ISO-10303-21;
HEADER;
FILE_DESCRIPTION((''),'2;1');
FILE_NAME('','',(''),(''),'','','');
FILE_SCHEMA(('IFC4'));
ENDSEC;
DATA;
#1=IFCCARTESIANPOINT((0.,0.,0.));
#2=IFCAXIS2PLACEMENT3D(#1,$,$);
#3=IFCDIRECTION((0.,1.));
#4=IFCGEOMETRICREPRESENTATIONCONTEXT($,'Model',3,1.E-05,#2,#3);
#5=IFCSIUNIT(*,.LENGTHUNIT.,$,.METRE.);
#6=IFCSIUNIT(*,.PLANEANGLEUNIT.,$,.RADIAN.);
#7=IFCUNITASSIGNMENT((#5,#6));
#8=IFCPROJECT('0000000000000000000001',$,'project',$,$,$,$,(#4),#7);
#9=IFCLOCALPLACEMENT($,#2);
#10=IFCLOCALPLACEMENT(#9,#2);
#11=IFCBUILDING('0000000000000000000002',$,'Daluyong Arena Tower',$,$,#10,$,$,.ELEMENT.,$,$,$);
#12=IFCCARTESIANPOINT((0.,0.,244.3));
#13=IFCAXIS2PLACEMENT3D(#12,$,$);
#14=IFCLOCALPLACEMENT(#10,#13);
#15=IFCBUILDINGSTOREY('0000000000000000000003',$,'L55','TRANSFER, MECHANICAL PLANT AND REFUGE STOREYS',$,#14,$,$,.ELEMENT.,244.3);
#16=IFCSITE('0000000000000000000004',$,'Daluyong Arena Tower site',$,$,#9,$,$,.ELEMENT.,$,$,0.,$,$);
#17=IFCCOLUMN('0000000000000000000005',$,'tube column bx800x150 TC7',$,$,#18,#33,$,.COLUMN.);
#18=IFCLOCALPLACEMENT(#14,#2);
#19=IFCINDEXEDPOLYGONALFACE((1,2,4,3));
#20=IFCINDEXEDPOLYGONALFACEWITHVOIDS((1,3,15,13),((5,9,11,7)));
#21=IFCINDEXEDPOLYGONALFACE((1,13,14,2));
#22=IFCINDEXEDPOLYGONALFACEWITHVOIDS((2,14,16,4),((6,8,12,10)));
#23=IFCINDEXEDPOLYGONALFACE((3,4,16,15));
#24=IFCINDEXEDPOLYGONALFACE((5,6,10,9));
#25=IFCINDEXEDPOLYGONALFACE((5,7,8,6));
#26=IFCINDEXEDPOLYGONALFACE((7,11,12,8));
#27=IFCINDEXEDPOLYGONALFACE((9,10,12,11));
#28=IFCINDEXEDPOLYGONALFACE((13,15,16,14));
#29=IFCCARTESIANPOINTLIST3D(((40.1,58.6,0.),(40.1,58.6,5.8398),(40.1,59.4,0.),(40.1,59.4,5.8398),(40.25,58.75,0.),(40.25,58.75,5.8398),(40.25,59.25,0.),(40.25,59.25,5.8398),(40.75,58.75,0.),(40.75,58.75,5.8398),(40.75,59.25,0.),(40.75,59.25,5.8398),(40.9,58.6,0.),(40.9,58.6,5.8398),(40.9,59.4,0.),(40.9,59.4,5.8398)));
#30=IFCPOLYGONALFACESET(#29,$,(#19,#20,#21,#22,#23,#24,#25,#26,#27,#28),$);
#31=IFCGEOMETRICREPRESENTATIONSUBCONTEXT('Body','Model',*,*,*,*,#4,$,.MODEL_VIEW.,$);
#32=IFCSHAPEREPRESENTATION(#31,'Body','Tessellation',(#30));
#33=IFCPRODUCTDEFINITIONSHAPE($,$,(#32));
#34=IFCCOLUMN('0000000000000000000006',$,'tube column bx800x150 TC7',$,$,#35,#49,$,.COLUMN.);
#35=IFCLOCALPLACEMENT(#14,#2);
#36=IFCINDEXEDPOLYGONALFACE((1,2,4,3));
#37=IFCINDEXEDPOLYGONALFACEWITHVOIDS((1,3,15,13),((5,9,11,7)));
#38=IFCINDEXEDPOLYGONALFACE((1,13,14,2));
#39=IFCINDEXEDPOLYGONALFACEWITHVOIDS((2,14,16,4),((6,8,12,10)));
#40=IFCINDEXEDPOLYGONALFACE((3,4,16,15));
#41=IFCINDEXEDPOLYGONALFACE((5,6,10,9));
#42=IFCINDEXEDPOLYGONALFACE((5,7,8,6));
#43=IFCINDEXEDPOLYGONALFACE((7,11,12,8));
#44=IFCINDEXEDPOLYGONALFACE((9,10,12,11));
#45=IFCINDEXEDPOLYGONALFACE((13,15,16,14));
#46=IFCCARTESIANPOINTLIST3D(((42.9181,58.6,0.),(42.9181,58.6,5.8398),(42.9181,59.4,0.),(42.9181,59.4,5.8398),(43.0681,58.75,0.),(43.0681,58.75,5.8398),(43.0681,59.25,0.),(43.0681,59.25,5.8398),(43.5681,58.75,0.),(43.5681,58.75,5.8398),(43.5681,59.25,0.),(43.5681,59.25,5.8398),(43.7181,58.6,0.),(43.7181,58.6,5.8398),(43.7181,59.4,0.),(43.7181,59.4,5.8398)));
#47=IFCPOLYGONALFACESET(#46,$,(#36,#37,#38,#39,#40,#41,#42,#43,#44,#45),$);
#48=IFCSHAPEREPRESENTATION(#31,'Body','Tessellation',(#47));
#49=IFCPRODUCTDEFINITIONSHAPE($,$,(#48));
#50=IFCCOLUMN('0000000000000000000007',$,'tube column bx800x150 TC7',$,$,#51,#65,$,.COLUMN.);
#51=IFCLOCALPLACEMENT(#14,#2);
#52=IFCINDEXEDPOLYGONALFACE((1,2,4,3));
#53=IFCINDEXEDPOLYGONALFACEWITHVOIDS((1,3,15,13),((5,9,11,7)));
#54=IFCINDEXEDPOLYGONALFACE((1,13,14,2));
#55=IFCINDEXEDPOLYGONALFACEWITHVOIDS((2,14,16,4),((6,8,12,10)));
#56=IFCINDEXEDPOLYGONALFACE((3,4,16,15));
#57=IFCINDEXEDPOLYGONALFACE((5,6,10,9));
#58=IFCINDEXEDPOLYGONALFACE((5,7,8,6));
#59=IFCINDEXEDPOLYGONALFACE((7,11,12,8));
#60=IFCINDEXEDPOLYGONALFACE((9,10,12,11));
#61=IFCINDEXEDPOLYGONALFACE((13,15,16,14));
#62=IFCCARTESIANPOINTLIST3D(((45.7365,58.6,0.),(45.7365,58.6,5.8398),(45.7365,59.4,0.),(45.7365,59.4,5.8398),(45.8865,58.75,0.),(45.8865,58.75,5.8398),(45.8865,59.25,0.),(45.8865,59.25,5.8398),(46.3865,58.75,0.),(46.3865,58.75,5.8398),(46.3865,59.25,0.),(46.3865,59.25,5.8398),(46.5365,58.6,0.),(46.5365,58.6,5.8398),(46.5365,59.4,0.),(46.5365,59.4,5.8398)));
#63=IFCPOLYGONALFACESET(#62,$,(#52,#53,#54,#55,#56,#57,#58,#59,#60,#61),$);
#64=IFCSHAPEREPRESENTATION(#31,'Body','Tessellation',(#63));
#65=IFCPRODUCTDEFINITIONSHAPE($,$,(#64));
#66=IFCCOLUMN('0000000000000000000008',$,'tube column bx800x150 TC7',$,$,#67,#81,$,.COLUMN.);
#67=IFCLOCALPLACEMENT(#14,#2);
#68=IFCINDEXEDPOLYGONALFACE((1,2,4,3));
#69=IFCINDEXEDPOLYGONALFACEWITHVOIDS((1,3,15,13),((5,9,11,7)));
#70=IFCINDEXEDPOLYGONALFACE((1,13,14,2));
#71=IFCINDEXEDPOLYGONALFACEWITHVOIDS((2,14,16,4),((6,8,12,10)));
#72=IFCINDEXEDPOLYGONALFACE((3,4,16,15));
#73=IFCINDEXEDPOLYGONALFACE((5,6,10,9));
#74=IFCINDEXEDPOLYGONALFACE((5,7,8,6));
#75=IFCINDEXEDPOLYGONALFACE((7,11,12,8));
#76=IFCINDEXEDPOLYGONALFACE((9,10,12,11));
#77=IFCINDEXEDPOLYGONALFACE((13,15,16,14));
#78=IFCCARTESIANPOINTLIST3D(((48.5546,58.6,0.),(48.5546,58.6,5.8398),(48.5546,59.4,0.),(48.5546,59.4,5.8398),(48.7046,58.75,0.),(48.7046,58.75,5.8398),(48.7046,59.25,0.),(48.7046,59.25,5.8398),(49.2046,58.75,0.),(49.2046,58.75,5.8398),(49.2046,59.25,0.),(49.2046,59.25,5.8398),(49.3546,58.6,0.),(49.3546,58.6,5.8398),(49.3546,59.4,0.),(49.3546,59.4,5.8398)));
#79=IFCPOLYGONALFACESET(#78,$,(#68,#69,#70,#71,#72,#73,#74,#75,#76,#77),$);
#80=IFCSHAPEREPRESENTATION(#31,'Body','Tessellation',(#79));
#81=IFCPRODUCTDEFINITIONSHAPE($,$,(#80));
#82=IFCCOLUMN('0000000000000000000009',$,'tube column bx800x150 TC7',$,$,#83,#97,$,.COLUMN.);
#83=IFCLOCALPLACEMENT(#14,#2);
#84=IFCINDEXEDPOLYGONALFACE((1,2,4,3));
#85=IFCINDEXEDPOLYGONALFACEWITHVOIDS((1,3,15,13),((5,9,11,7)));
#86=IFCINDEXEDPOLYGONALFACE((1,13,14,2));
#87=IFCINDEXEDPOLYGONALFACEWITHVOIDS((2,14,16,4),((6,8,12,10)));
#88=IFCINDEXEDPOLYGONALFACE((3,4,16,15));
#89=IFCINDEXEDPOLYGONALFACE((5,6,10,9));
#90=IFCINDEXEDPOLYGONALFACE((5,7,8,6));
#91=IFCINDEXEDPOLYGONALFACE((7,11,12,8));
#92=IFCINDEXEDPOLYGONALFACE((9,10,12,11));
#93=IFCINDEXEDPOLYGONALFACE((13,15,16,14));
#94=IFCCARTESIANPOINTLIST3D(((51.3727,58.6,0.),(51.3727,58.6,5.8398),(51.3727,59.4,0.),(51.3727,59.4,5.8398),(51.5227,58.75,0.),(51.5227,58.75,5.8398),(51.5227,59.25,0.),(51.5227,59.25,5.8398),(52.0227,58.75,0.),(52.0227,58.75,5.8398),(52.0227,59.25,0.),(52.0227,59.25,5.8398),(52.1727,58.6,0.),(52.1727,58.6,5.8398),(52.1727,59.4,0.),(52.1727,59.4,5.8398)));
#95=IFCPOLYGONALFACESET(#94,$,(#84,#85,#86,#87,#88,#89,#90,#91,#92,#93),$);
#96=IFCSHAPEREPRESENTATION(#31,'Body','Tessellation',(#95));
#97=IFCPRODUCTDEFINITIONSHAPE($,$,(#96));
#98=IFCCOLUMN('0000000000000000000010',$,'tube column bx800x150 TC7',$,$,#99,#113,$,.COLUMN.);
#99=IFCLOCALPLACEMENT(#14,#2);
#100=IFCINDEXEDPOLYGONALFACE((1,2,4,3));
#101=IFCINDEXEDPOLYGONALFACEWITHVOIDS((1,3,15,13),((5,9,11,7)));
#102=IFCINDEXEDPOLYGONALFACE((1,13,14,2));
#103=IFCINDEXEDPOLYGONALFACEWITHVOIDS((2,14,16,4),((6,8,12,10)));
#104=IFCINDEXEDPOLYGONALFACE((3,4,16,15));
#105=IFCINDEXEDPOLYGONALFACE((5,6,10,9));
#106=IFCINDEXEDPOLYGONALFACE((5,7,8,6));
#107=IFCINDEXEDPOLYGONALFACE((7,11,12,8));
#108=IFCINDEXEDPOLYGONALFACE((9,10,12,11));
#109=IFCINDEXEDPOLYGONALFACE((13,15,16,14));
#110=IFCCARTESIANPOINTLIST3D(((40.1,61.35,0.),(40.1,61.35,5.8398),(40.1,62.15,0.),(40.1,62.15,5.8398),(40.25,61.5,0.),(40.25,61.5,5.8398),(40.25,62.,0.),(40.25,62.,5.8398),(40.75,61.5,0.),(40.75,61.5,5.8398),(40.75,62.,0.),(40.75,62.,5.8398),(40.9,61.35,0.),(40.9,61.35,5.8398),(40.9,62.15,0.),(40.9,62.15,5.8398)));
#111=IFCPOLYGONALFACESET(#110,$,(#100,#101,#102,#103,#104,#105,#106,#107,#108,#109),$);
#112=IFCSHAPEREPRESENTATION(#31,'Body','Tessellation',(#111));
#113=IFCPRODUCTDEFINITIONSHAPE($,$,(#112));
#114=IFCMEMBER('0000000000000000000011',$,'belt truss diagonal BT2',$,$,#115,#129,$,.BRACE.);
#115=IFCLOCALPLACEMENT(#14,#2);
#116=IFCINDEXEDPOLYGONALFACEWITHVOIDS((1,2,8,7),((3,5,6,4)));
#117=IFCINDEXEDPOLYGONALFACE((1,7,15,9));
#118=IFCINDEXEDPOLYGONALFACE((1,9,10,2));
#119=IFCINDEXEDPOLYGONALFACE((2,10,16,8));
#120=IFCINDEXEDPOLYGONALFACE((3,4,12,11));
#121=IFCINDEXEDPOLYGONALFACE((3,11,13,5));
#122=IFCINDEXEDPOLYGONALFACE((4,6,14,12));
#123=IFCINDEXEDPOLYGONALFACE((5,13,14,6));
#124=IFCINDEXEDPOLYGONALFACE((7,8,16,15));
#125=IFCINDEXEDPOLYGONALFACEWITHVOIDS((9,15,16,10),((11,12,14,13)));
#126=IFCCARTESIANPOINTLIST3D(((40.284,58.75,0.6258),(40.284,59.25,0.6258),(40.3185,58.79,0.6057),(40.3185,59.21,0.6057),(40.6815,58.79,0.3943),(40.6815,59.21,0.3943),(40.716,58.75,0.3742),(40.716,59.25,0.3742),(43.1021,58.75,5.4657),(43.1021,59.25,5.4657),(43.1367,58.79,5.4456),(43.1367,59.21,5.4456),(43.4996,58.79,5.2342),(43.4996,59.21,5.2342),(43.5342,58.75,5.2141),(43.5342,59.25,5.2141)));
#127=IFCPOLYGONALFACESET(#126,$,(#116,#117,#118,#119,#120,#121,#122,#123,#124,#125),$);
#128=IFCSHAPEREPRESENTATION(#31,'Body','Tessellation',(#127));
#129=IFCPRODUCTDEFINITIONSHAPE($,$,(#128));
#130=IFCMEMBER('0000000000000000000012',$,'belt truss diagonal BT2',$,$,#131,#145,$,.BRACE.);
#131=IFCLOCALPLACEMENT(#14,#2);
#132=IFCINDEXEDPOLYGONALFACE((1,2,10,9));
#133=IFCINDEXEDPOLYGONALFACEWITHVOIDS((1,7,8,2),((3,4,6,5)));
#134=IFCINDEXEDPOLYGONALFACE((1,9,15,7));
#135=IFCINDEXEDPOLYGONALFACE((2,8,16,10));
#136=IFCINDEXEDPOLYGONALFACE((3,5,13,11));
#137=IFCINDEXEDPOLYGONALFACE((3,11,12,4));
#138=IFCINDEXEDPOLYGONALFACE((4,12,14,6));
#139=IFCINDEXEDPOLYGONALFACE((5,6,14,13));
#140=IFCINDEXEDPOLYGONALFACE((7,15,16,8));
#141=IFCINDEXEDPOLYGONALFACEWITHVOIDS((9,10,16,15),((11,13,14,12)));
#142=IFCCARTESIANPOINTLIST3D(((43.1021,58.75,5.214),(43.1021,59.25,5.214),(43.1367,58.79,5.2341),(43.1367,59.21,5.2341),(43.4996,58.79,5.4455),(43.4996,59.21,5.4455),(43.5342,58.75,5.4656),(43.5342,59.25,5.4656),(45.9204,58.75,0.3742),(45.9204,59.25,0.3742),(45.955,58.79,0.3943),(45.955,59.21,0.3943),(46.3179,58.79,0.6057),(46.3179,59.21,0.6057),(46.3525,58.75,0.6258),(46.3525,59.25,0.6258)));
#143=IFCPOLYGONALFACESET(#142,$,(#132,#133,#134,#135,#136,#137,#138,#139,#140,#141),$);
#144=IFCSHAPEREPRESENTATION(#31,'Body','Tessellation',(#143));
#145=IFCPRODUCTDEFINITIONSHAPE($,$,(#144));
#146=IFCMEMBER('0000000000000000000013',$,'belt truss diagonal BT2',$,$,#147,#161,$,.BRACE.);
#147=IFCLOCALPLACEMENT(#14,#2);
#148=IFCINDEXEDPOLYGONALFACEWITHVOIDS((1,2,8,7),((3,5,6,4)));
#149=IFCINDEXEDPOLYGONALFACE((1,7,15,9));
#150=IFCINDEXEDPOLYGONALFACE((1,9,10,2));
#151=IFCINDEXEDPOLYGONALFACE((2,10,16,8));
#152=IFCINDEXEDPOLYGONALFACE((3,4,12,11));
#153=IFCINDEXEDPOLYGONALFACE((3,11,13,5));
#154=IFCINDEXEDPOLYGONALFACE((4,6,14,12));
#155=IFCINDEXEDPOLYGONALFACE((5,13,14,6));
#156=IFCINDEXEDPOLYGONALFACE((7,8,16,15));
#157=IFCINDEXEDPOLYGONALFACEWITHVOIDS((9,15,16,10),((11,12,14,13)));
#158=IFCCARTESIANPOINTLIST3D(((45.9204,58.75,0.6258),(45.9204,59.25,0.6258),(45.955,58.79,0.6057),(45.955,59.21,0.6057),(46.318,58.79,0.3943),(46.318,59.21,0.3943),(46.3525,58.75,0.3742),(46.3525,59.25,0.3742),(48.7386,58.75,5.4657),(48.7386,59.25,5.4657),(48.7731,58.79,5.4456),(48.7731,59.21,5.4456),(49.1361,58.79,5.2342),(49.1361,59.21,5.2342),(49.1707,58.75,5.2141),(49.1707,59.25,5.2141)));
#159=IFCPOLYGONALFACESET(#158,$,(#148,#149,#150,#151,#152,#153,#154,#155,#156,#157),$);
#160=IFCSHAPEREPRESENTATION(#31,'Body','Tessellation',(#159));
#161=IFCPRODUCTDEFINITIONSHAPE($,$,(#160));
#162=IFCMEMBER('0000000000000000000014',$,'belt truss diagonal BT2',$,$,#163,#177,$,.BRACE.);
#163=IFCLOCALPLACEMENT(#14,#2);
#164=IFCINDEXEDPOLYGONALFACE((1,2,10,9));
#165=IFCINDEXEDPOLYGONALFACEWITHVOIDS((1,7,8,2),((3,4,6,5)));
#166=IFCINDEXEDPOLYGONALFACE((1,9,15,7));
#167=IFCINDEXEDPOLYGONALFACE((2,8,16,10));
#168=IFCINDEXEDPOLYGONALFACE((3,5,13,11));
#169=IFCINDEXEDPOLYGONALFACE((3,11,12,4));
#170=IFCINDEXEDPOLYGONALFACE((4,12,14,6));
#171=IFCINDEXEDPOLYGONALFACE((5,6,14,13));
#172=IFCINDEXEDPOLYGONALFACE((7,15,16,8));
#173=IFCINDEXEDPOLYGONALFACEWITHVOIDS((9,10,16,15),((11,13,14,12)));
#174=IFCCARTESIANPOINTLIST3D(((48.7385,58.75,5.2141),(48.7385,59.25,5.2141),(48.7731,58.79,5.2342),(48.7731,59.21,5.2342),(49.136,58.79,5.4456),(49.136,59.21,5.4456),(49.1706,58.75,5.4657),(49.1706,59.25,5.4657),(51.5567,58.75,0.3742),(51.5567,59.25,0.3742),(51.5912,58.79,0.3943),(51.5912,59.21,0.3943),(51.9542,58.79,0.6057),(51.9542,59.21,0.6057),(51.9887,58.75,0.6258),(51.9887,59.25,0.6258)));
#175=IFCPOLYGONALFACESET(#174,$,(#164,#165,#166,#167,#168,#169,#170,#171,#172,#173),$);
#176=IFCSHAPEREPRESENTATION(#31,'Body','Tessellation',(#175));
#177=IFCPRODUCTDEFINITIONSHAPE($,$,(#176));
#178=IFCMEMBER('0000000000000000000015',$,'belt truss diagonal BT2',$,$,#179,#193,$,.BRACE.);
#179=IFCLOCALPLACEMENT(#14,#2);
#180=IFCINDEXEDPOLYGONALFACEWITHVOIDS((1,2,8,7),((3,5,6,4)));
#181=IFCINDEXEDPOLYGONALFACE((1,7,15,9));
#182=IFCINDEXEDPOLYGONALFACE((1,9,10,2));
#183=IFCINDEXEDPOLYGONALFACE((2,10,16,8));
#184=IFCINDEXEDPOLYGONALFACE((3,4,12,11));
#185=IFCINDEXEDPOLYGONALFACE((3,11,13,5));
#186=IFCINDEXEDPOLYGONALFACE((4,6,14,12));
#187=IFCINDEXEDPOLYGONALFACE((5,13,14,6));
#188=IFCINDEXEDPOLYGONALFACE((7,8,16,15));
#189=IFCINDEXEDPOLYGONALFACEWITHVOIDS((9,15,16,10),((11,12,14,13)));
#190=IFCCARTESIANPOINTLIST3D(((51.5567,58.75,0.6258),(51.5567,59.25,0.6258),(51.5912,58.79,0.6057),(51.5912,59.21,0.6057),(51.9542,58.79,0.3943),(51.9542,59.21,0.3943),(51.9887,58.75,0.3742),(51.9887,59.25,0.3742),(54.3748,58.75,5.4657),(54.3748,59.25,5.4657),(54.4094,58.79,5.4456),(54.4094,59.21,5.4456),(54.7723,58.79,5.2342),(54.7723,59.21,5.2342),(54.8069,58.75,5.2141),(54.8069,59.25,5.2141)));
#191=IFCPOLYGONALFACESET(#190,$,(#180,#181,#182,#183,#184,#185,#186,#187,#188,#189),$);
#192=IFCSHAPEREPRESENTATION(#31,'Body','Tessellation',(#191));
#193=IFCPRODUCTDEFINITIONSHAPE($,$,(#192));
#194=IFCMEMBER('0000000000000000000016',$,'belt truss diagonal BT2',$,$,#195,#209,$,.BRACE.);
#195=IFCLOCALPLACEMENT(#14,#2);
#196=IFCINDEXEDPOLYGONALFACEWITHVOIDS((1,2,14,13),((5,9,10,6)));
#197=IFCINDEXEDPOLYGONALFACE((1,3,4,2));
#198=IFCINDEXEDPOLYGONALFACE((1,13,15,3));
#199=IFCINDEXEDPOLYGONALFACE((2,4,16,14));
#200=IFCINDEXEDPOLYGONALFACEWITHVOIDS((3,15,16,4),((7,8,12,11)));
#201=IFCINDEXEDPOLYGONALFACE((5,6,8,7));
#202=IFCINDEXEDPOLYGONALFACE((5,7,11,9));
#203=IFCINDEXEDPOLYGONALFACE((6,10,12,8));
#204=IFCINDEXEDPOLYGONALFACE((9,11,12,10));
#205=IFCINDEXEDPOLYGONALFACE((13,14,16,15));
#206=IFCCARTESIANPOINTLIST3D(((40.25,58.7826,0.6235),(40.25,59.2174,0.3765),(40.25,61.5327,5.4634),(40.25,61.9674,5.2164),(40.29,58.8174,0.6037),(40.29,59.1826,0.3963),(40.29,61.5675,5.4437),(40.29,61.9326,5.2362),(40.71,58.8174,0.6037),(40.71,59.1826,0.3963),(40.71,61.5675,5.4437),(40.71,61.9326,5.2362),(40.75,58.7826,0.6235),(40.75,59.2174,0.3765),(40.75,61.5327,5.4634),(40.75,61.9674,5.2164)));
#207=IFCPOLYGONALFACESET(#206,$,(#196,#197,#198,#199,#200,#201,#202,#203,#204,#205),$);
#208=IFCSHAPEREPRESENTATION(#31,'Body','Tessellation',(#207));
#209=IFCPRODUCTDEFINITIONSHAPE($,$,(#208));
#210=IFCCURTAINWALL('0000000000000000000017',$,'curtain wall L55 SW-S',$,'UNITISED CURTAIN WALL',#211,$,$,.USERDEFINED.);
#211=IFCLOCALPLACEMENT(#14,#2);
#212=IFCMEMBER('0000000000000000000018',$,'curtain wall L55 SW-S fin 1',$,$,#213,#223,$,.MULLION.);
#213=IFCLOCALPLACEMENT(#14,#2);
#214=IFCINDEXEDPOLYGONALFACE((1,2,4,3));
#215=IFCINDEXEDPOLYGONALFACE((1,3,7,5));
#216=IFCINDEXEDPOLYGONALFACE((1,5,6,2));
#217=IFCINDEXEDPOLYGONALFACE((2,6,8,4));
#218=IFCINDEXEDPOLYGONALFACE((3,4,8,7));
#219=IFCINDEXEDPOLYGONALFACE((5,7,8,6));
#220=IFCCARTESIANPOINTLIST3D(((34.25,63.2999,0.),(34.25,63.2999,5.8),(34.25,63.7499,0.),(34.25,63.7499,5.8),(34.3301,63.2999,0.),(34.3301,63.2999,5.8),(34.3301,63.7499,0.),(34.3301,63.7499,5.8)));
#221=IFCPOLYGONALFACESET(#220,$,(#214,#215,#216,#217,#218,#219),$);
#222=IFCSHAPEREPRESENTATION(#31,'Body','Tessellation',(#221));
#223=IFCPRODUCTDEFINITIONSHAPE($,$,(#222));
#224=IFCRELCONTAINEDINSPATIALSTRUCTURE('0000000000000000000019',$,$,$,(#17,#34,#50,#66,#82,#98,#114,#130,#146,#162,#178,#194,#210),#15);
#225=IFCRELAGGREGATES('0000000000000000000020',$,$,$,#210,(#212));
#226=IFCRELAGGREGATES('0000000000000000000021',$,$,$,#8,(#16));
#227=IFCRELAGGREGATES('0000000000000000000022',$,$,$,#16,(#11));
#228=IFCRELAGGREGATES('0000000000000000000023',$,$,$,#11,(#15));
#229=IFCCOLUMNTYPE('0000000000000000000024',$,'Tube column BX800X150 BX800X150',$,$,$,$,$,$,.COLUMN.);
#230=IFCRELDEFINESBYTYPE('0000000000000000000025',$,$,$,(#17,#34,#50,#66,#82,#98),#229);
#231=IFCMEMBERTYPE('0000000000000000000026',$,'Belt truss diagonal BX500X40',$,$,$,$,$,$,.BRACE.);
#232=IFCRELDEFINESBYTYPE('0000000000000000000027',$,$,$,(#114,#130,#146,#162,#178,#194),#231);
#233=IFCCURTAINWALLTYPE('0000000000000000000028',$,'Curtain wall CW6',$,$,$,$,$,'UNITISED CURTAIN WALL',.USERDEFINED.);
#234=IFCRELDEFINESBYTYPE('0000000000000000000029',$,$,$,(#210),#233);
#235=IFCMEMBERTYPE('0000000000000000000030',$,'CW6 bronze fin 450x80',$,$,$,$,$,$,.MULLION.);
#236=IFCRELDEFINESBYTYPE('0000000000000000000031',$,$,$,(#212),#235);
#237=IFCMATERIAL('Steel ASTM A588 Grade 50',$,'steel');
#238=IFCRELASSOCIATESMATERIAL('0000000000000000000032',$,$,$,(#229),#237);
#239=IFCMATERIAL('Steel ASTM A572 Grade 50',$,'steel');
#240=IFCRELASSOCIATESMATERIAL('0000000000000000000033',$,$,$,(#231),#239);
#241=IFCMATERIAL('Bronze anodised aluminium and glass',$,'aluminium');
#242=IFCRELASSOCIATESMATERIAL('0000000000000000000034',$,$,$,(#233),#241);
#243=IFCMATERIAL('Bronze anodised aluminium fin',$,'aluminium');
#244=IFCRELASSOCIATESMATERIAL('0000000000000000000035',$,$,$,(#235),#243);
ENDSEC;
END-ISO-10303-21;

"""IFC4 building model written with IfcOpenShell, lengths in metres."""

from ifc_helpers import new_model, si_unit, direction, frame, origin, origin_2d, place, context, subcontext, project, spatial, rectangle, hollow_rectangle, extrude, material, material_profile, profile_set, type_object, element, aggregate, save


model = new_model("IFC4")

# Units and contexts
model_context = context("Model", 3, precision=1e-05, world=origin(), true_north=direction((0.0, 1.0)))
body_context = subcontext(model_context, "Body", "Model", "MODEL_VIEW")
ifc_project = project(units=[si_unit("LENGTHUNIT", "METRE"), si_unit("PLANEANGLEUNIT", "RADIAN")], contexts=[model_context])

# Site, building, storey
site_placement = place(None, origin())
site = spatial("IfcSite", under=ifc_project, at=site_placement, Name="Daluyong Arena Tower site", CompositionType="ELEMENT", RefElevation=0.0)
building_placement = place(site_placement, origin())
building = spatial("IfcBuilding", under=site, at=building_placement, Name="Daluyong Arena Tower", CompositionType="ELEMENT")
storey_placement = place(building_placement, frame((0.0, 0.0, 244.3)))
storey = spatial("IfcBuildingStorey", under=building, at=storey_placement, Name="L55", Description="TRANSFER, MECHANICAL PLANT AND REFUGE STOREYS", CompositionType="ELEMENT", Elevation=244.3)

# Columns
ifc_material_1 = material(Name="Steel ASTM A588 Grade 50", Category="steel")
ifc_material_profile_1 = material_profile(ifc_material_1, hollow_rectangle(XDim=0.8, YDim=0.8, WallThickness=0.15, at=origin_2d()))
ifc_profile_set_1 = profile_set([ifc_material_profile_1], Name="Steel ASTM A588 Grade 50")
column_type = type_object("IfcColumnType", Name="Tube column BX800X150 BX800X150", PredefinedType="COLUMN", material=ifc_profile_set_1)
for number, where, z_axis, x_axis, name in (
    (1, (40.5, 59.0, 0.0), (0.0, 0.0, 1.0), (1.0, 0.0, 0.0), "tube column bx800x150 TC7"),
    (2, (43.3181, 59.0, 0.0), (0.0, 0.0, 1.0), (1.0, 0.0, 0.0), "tube column bx800x150 TC7"),
    (3, (46.1365, 59.0, 0.0), (0.0, 0.0, 1.0), (1.0, 0.0, 0.0), "tube column bx800x150 TC7"),
    (4, (48.9546, 59.0, 0.0), (0.0, 0.0, 1.0), (1.0, 0.0, 0.0), "tube column bx800x150 TC7"),
    (5, (51.7727, 59.0, 0.0), (0.0, 0.0, 1.0), (1.0, 0.0, 0.0), "tube column bx800x150 TC7"),
    (6, (40.5, 61.75, 0.0), (0.0, 0.0, 1.0), (0.0, 1.0, 0.0), "tube column bx800x150 TC7"),
):
    element("IfcColumn", number, at=place(storey_placement, frame(where, z_axis=z_axis, x_axis=x_axis)), inside=storey, type_object=column_type, Name=name, PredefinedType="COLUMN", context=body_context, shape_type="SweptSolid", body=[
        extrude(hollow_rectangle(XDim=0.8, YDim=0.8, WallThickness=0.15, at=origin_2d()), origin(), (0.0, 0.0, 1.0), 5.8398),
    ])

# Members
ifc_material_2 = material(Name="Steel ASTM A572 Grade 50", Category="steel")
ifc_material_profile_2 = material_profile(ifc_material_2, hollow_rectangle(XDim=0.5, YDim=0.5, WallThickness=0.04, at=origin_2d()))
ifc_profile_set_2 = profile_set([ifc_material_profile_2], Name="Steel ASTM A572 Grade 50")
member_type_1 = type_object("IfcMemberType", Name="Belt truss diagonal BX500X40", PredefinedType="BRACE", material=ifc_profile_set_2)
for number, where, z_axis, x_axis, name in (
    (7, (40.5, 59.0, 0.5), (0.503188, 0.0, 0.864177), (0.0, 1.0, 0.0), "belt truss diagonal BT2"),
    (8, (46.1365, 59.0, 0.5), (-0.50322, 0.0, 0.864158), (0.0, -1.0, 0.0), "belt truss diagonal BT2"),
    (9, (46.1365, 59.0, 0.5), (0.503188, 0.0, 0.864177), (0.0, 1.0, 0.0), "belt truss diagonal BT2"),
    (10, (51.7727, 59.0, 0.5), (-0.503188, 0.0, 0.864177), (0.0, -1.0, 0.0), "belt truss diagonal BT2"),
    (11, (51.7727, 59.0, 0.5), (0.503188, 0.0, 0.864177), (0.0, 1.0, 0.0), "belt truss diagonal BT2"),
):
    element("IfcMember", number, at=place(storey_placement, frame(where, z_axis=z_axis, x_axis=x_axis)), inside=storey, type_object=member_type_1, Name=name, PredefinedType="BRACE", context=body_context, shape_type="SweptSolid", body=[
        extrude(hollow_rectangle(XDim=0.5, YDim=0.5, WallThickness=0.04, at=origin_2d()), origin(), (0.0, 0.0, 1.0), 5.6006),
    ])
member_1_placement = place(storey_placement, frame((40.5, 59.0, 0.5), z_axis=(0.0, 0.494021, 0.86945), x_axis=(-1.0, 0.0, 0.0)))
element("IfcMember", 12, at=member_1_placement, inside=storey, type_object=member_type_1, Name="belt truss diagonal BT2", PredefinedType="BRACE", context=body_context, shape_type="SweptSolid", body=[
    extrude(hollow_rectangle(XDim=0.5, YDim=0.5, WallThickness=0.04, at=origin_2d()), origin(), (0.0, 0.0, 1.0), 5.5667),
])

# Curtain wall, member
ifc_material_3 = material(Name="Bronze anodised aluminium and glass", Category="aluminium")
curtain_wall_type = type_object("IfcCurtainWallType", Name="Curtain wall CW6", ElementType="UNITISED CURTAIN WALL", PredefinedType="USERDEFINED", material=ifc_material_3)
curtain_wall_1_placement = place(storey_placement, origin())
curtain_wall_1 = element("IfcCurtainWall", 13, at=curtain_wall_1_placement, inside=storey, type_object=curtain_wall_type, Name="curtain wall L55 SW-S", ObjectType="UNITISED CURTAIN WALL", PredefinedType="USERDEFINED")
ifc_material_4 = material(Name="Bronze anodised aluminium fin", Category="aluminium")
ifc_material_profile_3 = material_profile(ifc_material_4, rectangle(XDim=0.45, YDim=0.0801, at=origin_2d()))
ifc_profile_set_3 = profile_set([ifc_material_profile_3], Name="Bronze anodised aluminium fin")
member_type_2 = type_object("IfcMemberType", Name="CW6 bronze fin 450x80", PredefinedType="MULLION", material=ifc_profile_set_3)
member_2_placement = place(storey_placement, frame((34.29, 63.5249, 0.0), z_axis=(0.0, 0.0, 1.0), x_axis=(0.0, 1.0, 0.0)))
member_2 = element("IfcMember", 14, at=member_2_placement, type_object=member_type_2, Name="curtain wall L55 SW-S fin 1", PredefinedType="MULLION", context=body_context, shape_type="SweptSolid", body=[
    extrude(rectangle(XDim=0.45, YDim=0.0801, at=origin_2d()), origin(), (0.0, 0.0, 1.0), 5.8),
])
aggregate(curtain_wall_1, [member_2])

save(model, "model.ifc")
